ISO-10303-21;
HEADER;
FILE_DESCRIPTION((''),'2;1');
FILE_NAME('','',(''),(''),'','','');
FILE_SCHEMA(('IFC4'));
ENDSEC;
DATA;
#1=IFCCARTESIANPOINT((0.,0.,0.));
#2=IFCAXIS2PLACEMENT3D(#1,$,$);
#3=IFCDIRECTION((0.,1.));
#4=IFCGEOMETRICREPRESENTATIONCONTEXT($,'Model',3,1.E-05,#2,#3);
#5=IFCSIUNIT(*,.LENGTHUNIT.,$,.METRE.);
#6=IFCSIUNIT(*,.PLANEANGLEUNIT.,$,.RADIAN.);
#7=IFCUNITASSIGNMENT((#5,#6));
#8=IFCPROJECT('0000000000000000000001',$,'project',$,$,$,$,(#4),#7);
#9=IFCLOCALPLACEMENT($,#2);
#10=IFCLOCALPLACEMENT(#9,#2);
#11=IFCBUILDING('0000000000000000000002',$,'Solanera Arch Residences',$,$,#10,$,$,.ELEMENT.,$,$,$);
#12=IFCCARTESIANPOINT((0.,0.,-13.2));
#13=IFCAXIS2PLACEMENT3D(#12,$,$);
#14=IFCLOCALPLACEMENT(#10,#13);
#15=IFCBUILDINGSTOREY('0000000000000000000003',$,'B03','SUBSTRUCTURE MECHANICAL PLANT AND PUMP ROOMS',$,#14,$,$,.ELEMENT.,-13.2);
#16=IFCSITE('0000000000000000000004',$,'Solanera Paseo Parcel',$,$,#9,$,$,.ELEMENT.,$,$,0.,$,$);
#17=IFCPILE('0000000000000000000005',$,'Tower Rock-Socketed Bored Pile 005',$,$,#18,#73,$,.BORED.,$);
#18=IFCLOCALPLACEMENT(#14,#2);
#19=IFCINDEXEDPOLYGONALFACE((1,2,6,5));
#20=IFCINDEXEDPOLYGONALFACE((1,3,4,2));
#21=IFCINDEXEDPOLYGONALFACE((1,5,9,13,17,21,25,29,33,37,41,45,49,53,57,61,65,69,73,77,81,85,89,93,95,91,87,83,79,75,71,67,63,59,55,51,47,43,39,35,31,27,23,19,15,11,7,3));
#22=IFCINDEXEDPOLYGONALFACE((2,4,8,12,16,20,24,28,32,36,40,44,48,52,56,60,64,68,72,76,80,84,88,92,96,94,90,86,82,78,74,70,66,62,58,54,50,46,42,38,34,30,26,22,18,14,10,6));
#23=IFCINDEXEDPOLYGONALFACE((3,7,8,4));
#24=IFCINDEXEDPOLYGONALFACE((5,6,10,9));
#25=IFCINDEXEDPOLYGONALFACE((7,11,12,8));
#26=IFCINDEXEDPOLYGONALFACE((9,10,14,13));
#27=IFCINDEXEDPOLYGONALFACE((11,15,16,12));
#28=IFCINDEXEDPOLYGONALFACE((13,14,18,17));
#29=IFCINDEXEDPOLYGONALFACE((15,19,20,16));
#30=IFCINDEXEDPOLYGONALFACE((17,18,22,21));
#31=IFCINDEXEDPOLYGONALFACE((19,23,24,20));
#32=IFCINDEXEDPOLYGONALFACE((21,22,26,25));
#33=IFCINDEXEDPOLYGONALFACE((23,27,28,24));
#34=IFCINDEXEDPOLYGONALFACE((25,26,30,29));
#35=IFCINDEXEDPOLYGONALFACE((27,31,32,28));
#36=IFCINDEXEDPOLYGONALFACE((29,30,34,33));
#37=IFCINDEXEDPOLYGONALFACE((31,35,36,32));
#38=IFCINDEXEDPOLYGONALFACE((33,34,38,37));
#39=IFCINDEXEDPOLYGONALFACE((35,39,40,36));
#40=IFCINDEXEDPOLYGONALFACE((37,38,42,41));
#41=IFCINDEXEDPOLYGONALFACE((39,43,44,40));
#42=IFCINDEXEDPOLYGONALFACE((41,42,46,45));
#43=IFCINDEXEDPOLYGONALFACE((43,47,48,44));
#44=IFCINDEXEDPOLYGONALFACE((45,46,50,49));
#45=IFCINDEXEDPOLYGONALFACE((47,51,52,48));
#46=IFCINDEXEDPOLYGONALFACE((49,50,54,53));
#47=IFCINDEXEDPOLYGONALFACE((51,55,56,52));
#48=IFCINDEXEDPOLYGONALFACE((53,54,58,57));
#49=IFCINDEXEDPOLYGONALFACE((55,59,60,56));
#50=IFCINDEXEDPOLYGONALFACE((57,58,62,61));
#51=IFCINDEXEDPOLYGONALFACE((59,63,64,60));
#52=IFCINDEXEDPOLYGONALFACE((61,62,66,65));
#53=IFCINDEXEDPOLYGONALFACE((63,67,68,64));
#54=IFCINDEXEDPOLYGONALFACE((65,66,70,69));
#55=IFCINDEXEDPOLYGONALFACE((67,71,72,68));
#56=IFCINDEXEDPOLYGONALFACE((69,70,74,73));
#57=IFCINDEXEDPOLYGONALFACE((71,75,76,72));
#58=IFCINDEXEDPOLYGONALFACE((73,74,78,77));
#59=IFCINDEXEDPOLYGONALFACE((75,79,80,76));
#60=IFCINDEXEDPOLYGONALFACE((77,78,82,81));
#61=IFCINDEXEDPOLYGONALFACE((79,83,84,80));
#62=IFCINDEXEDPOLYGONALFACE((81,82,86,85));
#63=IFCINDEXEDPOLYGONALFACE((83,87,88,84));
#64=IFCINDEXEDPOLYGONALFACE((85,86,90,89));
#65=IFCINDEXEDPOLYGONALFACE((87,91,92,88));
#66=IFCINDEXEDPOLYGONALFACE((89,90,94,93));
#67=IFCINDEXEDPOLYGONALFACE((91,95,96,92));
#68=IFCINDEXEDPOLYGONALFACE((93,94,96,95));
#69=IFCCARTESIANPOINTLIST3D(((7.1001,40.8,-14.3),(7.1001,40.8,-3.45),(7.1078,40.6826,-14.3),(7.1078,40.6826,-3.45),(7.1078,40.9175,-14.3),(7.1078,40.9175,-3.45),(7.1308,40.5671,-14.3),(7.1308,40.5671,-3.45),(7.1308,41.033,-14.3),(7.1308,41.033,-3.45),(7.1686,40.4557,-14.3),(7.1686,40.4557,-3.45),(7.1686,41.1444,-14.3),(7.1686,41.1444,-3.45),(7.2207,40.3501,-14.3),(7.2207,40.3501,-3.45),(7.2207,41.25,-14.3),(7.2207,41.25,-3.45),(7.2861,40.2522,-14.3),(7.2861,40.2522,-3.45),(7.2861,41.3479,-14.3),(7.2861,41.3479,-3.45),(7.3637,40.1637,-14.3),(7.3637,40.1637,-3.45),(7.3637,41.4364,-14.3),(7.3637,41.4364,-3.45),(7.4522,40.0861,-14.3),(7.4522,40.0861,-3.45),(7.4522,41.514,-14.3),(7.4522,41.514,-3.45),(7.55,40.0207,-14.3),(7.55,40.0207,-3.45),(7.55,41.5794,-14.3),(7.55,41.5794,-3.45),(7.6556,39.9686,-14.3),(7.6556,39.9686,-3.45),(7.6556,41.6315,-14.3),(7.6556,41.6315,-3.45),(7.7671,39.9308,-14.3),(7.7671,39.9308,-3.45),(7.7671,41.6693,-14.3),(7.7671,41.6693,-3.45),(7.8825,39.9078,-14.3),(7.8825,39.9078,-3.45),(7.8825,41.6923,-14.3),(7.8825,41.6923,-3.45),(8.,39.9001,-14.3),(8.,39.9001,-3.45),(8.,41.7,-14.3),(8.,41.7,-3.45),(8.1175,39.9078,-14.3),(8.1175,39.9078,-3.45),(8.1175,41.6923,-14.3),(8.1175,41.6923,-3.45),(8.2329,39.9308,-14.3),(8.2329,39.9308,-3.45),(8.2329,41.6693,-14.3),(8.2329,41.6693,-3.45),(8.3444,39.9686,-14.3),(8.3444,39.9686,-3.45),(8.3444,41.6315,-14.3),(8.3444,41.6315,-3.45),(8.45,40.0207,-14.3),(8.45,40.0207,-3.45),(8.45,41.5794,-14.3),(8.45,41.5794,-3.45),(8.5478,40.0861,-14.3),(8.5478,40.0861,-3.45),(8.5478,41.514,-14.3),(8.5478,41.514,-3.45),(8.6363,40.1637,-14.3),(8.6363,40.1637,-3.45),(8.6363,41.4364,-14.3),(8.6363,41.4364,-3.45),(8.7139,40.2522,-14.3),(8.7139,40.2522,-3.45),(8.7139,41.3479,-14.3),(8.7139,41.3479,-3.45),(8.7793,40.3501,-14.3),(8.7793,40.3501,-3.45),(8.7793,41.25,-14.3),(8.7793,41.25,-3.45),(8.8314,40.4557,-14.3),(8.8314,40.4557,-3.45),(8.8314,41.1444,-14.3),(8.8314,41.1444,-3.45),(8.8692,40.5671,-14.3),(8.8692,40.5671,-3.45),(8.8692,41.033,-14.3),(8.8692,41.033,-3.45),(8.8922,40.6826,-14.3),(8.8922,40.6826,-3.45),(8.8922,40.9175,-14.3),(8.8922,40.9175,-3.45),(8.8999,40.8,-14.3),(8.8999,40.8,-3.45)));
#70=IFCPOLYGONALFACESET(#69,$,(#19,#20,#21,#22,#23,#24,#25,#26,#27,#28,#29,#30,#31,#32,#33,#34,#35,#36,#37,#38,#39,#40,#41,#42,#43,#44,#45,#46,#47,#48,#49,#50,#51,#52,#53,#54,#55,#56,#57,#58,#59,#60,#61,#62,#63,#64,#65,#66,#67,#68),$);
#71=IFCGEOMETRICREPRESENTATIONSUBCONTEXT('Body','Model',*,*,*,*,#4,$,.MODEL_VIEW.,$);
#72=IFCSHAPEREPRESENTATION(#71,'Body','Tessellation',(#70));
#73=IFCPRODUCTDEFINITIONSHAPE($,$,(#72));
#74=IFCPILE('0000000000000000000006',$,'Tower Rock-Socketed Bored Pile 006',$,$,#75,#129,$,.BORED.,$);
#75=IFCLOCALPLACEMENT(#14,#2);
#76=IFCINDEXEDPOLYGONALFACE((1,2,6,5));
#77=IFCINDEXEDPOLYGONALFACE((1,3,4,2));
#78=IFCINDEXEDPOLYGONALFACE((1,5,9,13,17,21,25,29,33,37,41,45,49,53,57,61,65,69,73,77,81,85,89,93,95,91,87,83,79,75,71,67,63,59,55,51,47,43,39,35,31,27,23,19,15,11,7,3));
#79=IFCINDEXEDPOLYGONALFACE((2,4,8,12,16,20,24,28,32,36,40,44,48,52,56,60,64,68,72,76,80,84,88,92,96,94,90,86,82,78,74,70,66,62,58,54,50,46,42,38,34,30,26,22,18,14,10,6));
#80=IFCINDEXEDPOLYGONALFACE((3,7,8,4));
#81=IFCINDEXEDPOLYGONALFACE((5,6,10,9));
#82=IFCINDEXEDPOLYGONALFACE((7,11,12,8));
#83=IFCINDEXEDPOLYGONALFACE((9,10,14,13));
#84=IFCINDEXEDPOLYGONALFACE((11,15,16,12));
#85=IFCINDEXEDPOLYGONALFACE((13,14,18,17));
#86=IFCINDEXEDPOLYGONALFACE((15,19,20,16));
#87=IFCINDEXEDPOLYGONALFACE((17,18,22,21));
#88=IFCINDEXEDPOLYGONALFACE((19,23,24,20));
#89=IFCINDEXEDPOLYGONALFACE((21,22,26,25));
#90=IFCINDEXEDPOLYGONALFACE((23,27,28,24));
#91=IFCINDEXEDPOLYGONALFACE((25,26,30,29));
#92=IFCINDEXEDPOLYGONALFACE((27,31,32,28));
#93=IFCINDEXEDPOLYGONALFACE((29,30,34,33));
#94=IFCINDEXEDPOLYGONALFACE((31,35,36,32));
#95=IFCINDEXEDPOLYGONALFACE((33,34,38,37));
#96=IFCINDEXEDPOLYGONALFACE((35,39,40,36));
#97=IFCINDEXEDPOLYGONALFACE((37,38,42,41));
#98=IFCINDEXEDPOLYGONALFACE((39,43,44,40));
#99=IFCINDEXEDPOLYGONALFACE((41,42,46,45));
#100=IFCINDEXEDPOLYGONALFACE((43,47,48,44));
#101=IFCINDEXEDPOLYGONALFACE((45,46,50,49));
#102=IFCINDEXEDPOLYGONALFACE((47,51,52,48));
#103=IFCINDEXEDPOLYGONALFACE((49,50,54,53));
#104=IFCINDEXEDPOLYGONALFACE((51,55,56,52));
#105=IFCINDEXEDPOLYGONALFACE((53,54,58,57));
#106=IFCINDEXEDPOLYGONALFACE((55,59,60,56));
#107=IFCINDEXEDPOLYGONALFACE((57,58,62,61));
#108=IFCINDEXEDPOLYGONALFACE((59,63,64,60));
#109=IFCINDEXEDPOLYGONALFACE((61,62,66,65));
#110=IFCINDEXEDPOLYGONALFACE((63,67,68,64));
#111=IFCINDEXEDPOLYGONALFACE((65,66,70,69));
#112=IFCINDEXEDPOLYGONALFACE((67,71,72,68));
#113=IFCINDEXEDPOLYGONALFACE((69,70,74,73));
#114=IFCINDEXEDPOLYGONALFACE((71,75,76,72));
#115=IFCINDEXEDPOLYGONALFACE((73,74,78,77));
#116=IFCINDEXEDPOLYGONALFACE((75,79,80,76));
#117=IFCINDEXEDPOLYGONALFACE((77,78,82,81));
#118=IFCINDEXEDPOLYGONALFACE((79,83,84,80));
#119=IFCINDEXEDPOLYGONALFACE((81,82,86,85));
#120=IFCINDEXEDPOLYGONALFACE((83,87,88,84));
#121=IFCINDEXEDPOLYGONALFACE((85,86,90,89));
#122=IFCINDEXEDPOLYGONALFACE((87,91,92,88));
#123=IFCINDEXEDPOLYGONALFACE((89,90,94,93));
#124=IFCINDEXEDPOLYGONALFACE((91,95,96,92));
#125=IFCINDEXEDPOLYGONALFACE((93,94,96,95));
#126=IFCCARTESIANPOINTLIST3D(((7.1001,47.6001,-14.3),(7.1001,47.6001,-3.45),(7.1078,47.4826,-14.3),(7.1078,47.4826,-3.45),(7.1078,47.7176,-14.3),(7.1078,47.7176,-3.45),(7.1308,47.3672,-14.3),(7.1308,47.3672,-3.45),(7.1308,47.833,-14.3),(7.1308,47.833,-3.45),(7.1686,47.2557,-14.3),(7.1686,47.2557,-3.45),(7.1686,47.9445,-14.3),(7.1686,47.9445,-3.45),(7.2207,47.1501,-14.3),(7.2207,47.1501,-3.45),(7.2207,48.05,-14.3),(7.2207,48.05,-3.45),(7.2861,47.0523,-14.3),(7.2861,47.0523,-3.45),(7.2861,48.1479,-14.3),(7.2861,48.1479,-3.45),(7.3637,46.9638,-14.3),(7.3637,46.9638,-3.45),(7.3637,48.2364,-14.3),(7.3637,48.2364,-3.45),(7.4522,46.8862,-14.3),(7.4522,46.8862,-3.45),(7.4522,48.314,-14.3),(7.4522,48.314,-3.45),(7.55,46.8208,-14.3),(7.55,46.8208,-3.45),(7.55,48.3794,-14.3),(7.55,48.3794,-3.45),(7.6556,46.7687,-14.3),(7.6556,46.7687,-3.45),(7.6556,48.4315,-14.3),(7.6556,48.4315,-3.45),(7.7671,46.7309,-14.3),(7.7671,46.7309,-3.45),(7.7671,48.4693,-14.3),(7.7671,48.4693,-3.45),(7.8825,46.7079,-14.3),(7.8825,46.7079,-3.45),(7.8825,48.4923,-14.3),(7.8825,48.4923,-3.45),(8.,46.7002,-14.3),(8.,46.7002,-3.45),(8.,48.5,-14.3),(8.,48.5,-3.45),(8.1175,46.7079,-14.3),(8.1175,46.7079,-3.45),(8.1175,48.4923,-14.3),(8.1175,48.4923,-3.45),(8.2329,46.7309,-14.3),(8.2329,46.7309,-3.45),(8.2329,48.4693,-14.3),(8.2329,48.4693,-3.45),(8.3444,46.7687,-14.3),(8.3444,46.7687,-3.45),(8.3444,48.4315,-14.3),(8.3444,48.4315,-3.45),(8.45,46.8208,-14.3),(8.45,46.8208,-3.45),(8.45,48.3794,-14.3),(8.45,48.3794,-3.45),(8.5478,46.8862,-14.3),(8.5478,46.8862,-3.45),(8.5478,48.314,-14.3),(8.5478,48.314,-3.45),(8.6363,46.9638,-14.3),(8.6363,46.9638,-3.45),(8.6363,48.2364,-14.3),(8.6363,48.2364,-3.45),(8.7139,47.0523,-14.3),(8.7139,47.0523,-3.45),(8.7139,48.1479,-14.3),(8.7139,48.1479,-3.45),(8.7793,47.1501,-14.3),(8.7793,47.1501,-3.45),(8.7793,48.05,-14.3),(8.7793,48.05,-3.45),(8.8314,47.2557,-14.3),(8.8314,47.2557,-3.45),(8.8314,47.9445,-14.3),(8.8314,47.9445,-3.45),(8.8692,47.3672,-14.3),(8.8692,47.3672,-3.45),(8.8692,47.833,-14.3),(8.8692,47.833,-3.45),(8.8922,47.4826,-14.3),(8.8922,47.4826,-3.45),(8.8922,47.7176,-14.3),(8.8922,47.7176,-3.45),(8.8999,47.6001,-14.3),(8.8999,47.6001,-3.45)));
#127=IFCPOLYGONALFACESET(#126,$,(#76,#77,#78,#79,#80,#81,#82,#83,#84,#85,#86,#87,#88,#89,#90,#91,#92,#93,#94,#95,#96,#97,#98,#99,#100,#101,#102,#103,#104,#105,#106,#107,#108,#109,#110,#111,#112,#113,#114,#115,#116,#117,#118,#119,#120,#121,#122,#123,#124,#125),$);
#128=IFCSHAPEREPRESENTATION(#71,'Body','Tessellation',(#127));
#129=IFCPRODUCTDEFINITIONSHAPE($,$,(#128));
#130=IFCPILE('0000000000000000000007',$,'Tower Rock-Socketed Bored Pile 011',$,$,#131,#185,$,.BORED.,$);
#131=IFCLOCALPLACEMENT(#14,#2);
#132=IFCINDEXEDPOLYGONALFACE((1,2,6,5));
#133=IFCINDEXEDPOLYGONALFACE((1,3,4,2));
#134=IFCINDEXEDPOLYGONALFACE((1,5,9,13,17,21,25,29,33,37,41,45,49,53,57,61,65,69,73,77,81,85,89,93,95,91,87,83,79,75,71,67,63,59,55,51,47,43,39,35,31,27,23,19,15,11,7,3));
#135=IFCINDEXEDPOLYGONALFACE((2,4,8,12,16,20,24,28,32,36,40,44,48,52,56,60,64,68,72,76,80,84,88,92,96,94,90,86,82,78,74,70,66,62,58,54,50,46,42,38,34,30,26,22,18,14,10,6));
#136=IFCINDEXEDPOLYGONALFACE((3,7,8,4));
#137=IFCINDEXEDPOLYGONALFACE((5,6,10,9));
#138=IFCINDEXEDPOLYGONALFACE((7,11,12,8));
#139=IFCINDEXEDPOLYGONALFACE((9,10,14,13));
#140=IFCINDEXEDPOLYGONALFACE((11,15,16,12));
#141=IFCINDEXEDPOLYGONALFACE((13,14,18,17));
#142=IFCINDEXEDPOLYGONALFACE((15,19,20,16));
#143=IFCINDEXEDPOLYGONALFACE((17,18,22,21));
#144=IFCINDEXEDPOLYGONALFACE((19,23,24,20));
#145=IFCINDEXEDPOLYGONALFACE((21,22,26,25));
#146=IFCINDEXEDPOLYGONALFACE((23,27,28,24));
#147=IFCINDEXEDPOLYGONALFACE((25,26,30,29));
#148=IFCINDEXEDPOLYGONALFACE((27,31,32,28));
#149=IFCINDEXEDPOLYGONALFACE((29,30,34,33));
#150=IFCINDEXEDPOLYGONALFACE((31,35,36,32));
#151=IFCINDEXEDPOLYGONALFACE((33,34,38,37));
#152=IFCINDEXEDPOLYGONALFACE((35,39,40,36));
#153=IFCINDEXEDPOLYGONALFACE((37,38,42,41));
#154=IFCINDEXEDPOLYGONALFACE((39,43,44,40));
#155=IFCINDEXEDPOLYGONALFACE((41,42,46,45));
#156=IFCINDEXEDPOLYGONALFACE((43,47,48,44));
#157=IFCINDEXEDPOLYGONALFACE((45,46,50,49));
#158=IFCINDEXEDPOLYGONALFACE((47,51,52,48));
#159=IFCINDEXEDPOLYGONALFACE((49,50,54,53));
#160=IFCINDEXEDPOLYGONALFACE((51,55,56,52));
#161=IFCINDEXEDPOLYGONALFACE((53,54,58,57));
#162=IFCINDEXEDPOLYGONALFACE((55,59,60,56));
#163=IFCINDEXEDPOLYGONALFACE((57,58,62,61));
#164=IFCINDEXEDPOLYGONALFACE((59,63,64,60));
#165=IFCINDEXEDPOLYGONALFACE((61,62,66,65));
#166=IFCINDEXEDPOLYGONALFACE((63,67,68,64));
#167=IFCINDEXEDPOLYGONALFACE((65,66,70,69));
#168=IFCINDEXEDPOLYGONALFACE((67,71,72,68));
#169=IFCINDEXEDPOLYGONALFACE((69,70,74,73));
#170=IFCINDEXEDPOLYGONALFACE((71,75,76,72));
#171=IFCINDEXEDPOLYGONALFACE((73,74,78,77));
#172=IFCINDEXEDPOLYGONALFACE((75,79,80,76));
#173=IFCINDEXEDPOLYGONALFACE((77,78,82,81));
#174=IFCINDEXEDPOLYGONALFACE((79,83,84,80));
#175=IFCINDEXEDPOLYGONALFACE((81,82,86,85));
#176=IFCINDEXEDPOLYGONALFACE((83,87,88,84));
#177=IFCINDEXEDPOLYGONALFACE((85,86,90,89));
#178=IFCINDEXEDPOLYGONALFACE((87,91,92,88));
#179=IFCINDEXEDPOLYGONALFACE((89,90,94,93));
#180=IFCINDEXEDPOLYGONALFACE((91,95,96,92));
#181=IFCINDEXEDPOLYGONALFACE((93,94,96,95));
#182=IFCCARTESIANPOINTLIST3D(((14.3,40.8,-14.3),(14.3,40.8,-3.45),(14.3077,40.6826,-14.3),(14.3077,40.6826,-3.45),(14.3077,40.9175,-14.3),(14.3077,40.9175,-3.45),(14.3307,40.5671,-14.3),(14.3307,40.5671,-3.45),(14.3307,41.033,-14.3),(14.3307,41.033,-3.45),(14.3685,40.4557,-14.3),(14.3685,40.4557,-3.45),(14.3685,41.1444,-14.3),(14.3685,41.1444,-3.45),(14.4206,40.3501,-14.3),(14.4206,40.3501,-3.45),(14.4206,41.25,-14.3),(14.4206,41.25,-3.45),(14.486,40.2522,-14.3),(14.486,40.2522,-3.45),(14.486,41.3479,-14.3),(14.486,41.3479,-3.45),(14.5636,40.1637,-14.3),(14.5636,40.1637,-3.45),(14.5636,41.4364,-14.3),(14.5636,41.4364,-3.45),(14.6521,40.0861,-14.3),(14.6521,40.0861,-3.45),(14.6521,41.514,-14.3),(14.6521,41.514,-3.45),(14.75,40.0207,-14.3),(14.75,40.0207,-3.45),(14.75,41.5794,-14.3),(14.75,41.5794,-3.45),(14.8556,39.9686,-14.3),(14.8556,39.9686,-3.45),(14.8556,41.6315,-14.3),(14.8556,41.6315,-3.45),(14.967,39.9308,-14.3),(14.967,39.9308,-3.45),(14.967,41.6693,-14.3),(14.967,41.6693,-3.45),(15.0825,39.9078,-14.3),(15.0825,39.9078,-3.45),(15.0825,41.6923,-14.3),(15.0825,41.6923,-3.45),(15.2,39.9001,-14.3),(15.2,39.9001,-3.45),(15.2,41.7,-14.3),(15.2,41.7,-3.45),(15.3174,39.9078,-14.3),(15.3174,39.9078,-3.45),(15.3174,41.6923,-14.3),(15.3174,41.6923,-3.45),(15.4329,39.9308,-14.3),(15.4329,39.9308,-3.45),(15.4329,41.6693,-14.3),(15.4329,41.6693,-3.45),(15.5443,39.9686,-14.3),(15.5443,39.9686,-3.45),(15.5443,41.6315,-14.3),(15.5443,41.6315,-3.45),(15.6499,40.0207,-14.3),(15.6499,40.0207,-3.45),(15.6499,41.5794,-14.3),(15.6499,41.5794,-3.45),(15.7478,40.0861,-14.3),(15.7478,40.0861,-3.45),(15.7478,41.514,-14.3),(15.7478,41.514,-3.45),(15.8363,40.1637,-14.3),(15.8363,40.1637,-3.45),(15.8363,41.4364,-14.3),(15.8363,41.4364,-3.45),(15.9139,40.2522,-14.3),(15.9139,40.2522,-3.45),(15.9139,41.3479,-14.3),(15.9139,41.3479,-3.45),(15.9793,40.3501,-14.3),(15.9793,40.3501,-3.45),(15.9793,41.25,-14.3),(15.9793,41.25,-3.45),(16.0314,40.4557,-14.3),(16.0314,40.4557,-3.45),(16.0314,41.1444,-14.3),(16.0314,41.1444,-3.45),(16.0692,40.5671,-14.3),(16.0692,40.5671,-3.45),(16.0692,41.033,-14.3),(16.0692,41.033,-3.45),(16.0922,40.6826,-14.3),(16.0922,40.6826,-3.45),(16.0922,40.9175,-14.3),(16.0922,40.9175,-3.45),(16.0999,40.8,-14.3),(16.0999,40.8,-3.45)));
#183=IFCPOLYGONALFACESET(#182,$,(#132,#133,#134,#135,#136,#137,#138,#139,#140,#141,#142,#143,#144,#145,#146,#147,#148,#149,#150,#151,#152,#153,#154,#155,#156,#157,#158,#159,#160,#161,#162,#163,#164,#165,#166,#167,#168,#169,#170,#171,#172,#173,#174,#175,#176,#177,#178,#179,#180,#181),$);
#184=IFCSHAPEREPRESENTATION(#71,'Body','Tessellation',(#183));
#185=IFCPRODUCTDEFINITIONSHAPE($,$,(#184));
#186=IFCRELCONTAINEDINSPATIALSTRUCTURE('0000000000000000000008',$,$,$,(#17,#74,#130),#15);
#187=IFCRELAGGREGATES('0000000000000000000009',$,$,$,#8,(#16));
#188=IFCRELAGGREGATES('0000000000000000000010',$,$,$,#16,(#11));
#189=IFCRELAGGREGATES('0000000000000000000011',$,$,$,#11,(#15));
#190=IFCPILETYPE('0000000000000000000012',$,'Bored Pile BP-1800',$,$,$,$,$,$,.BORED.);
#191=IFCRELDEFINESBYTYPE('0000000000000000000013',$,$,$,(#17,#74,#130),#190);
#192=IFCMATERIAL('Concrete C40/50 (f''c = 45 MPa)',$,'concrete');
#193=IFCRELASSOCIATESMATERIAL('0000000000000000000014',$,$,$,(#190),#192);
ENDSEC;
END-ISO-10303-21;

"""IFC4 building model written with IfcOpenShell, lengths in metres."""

from ifc_helpers import new_model, si_unit, direction, frame, origin, origin_2d, place, context, subcontext, project, spatial, circle, extrude, material, material_profile, profile_set, type_object, element, save


model = new_model("IFC4")

# Units and contexts
model_context = context("Model", 3, precision=1e-05, world=origin(), true_north=direction((0.0, 1.0)))
body_context = subcontext(model_context, "Body", "Model", "MODEL_VIEW")
ifc_project = project(units=[si_unit("LENGTHUNIT", "METRE"), si_unit("PLANEANGLEUNIT", "RADIAN")], contexts=[model_context])

# Site, building, storey
site_placement = place(None, origin())
site = spatial("IfcSite", under=ifc_project, at=site_placement, Name="Solanera Paseo Parcel", CompositionType="ELEMENT", RefElevation=0.0)
building_placement = place(site_placement, origin())
building = spatial("IfcBuilding", under=site, at=building_placement, Name="Solanera Arch Residences", CompositionType="ELEMENT")
storey_placement = place(building_placement, frame((0.0, 0.0, -13.2)))
storey = spatial("IfcBuildingStorey", under=building, at=storey_placement, Name="B03", Description="SUBSTRUCTURE MECHANICAL PLANT AND PUMP ROOMS", CompositionType="ELEMENT", Elevation=-13.2)

# Piles
ifc_material_1 = material(Name="Concrete C40/50 (f'c = 45 MPa)", Category="concrete")
ifc_material_profile_1 = material_profile(ifc_material_1, circle(Radius=0.8999, at=origin_2d()))
ifc_profile_set_1 = profile_set([ifc_material_profile_1], Name="Concrete C40/50 (f'c = 45 MPa)")
pile_type = type_object("IfcPileType", Name="Bored Pile BP-1800", PredefinedType="BORED", material=ifc_profile_set_1)
for number, where, z_axis, x_axis, name in (
    (1, (8.0, 40.8, -3.45), (0.0, 0.0, -1.0), (1.0, 0.0, 0.0), "Tower Rock-Socketed Bored Pile 005"),
    (2, (8.0, 47.6001, -3.45), (0.0, 0.0, -1.0), (1.0, 0.0, 0.0), "Tower Rock-Socketed Bored Pile 006"),
    (3, (15.2, 40.8, -3.45), (0.0, 0.0, -1.0), (1.0, 0.0, 0.0), "Tower Rock-Socketed Bored Pile 011"),
):
    element("IfcPile", number, at=place(storey_placement, frame(where, z_axis=z_axis, x_axis=x_axis)), inside=storey, type_object=pile_type, Name=name, PredefinedType="BORED", context=body_context, shape_type="SweptSolid", body=[
        extrude(circle(Radius=0.8999, at=origin_2d()), origin(), (0.0, 0.0, 1.0), 10.8501),
    ])

save(model, "model.ifc")
